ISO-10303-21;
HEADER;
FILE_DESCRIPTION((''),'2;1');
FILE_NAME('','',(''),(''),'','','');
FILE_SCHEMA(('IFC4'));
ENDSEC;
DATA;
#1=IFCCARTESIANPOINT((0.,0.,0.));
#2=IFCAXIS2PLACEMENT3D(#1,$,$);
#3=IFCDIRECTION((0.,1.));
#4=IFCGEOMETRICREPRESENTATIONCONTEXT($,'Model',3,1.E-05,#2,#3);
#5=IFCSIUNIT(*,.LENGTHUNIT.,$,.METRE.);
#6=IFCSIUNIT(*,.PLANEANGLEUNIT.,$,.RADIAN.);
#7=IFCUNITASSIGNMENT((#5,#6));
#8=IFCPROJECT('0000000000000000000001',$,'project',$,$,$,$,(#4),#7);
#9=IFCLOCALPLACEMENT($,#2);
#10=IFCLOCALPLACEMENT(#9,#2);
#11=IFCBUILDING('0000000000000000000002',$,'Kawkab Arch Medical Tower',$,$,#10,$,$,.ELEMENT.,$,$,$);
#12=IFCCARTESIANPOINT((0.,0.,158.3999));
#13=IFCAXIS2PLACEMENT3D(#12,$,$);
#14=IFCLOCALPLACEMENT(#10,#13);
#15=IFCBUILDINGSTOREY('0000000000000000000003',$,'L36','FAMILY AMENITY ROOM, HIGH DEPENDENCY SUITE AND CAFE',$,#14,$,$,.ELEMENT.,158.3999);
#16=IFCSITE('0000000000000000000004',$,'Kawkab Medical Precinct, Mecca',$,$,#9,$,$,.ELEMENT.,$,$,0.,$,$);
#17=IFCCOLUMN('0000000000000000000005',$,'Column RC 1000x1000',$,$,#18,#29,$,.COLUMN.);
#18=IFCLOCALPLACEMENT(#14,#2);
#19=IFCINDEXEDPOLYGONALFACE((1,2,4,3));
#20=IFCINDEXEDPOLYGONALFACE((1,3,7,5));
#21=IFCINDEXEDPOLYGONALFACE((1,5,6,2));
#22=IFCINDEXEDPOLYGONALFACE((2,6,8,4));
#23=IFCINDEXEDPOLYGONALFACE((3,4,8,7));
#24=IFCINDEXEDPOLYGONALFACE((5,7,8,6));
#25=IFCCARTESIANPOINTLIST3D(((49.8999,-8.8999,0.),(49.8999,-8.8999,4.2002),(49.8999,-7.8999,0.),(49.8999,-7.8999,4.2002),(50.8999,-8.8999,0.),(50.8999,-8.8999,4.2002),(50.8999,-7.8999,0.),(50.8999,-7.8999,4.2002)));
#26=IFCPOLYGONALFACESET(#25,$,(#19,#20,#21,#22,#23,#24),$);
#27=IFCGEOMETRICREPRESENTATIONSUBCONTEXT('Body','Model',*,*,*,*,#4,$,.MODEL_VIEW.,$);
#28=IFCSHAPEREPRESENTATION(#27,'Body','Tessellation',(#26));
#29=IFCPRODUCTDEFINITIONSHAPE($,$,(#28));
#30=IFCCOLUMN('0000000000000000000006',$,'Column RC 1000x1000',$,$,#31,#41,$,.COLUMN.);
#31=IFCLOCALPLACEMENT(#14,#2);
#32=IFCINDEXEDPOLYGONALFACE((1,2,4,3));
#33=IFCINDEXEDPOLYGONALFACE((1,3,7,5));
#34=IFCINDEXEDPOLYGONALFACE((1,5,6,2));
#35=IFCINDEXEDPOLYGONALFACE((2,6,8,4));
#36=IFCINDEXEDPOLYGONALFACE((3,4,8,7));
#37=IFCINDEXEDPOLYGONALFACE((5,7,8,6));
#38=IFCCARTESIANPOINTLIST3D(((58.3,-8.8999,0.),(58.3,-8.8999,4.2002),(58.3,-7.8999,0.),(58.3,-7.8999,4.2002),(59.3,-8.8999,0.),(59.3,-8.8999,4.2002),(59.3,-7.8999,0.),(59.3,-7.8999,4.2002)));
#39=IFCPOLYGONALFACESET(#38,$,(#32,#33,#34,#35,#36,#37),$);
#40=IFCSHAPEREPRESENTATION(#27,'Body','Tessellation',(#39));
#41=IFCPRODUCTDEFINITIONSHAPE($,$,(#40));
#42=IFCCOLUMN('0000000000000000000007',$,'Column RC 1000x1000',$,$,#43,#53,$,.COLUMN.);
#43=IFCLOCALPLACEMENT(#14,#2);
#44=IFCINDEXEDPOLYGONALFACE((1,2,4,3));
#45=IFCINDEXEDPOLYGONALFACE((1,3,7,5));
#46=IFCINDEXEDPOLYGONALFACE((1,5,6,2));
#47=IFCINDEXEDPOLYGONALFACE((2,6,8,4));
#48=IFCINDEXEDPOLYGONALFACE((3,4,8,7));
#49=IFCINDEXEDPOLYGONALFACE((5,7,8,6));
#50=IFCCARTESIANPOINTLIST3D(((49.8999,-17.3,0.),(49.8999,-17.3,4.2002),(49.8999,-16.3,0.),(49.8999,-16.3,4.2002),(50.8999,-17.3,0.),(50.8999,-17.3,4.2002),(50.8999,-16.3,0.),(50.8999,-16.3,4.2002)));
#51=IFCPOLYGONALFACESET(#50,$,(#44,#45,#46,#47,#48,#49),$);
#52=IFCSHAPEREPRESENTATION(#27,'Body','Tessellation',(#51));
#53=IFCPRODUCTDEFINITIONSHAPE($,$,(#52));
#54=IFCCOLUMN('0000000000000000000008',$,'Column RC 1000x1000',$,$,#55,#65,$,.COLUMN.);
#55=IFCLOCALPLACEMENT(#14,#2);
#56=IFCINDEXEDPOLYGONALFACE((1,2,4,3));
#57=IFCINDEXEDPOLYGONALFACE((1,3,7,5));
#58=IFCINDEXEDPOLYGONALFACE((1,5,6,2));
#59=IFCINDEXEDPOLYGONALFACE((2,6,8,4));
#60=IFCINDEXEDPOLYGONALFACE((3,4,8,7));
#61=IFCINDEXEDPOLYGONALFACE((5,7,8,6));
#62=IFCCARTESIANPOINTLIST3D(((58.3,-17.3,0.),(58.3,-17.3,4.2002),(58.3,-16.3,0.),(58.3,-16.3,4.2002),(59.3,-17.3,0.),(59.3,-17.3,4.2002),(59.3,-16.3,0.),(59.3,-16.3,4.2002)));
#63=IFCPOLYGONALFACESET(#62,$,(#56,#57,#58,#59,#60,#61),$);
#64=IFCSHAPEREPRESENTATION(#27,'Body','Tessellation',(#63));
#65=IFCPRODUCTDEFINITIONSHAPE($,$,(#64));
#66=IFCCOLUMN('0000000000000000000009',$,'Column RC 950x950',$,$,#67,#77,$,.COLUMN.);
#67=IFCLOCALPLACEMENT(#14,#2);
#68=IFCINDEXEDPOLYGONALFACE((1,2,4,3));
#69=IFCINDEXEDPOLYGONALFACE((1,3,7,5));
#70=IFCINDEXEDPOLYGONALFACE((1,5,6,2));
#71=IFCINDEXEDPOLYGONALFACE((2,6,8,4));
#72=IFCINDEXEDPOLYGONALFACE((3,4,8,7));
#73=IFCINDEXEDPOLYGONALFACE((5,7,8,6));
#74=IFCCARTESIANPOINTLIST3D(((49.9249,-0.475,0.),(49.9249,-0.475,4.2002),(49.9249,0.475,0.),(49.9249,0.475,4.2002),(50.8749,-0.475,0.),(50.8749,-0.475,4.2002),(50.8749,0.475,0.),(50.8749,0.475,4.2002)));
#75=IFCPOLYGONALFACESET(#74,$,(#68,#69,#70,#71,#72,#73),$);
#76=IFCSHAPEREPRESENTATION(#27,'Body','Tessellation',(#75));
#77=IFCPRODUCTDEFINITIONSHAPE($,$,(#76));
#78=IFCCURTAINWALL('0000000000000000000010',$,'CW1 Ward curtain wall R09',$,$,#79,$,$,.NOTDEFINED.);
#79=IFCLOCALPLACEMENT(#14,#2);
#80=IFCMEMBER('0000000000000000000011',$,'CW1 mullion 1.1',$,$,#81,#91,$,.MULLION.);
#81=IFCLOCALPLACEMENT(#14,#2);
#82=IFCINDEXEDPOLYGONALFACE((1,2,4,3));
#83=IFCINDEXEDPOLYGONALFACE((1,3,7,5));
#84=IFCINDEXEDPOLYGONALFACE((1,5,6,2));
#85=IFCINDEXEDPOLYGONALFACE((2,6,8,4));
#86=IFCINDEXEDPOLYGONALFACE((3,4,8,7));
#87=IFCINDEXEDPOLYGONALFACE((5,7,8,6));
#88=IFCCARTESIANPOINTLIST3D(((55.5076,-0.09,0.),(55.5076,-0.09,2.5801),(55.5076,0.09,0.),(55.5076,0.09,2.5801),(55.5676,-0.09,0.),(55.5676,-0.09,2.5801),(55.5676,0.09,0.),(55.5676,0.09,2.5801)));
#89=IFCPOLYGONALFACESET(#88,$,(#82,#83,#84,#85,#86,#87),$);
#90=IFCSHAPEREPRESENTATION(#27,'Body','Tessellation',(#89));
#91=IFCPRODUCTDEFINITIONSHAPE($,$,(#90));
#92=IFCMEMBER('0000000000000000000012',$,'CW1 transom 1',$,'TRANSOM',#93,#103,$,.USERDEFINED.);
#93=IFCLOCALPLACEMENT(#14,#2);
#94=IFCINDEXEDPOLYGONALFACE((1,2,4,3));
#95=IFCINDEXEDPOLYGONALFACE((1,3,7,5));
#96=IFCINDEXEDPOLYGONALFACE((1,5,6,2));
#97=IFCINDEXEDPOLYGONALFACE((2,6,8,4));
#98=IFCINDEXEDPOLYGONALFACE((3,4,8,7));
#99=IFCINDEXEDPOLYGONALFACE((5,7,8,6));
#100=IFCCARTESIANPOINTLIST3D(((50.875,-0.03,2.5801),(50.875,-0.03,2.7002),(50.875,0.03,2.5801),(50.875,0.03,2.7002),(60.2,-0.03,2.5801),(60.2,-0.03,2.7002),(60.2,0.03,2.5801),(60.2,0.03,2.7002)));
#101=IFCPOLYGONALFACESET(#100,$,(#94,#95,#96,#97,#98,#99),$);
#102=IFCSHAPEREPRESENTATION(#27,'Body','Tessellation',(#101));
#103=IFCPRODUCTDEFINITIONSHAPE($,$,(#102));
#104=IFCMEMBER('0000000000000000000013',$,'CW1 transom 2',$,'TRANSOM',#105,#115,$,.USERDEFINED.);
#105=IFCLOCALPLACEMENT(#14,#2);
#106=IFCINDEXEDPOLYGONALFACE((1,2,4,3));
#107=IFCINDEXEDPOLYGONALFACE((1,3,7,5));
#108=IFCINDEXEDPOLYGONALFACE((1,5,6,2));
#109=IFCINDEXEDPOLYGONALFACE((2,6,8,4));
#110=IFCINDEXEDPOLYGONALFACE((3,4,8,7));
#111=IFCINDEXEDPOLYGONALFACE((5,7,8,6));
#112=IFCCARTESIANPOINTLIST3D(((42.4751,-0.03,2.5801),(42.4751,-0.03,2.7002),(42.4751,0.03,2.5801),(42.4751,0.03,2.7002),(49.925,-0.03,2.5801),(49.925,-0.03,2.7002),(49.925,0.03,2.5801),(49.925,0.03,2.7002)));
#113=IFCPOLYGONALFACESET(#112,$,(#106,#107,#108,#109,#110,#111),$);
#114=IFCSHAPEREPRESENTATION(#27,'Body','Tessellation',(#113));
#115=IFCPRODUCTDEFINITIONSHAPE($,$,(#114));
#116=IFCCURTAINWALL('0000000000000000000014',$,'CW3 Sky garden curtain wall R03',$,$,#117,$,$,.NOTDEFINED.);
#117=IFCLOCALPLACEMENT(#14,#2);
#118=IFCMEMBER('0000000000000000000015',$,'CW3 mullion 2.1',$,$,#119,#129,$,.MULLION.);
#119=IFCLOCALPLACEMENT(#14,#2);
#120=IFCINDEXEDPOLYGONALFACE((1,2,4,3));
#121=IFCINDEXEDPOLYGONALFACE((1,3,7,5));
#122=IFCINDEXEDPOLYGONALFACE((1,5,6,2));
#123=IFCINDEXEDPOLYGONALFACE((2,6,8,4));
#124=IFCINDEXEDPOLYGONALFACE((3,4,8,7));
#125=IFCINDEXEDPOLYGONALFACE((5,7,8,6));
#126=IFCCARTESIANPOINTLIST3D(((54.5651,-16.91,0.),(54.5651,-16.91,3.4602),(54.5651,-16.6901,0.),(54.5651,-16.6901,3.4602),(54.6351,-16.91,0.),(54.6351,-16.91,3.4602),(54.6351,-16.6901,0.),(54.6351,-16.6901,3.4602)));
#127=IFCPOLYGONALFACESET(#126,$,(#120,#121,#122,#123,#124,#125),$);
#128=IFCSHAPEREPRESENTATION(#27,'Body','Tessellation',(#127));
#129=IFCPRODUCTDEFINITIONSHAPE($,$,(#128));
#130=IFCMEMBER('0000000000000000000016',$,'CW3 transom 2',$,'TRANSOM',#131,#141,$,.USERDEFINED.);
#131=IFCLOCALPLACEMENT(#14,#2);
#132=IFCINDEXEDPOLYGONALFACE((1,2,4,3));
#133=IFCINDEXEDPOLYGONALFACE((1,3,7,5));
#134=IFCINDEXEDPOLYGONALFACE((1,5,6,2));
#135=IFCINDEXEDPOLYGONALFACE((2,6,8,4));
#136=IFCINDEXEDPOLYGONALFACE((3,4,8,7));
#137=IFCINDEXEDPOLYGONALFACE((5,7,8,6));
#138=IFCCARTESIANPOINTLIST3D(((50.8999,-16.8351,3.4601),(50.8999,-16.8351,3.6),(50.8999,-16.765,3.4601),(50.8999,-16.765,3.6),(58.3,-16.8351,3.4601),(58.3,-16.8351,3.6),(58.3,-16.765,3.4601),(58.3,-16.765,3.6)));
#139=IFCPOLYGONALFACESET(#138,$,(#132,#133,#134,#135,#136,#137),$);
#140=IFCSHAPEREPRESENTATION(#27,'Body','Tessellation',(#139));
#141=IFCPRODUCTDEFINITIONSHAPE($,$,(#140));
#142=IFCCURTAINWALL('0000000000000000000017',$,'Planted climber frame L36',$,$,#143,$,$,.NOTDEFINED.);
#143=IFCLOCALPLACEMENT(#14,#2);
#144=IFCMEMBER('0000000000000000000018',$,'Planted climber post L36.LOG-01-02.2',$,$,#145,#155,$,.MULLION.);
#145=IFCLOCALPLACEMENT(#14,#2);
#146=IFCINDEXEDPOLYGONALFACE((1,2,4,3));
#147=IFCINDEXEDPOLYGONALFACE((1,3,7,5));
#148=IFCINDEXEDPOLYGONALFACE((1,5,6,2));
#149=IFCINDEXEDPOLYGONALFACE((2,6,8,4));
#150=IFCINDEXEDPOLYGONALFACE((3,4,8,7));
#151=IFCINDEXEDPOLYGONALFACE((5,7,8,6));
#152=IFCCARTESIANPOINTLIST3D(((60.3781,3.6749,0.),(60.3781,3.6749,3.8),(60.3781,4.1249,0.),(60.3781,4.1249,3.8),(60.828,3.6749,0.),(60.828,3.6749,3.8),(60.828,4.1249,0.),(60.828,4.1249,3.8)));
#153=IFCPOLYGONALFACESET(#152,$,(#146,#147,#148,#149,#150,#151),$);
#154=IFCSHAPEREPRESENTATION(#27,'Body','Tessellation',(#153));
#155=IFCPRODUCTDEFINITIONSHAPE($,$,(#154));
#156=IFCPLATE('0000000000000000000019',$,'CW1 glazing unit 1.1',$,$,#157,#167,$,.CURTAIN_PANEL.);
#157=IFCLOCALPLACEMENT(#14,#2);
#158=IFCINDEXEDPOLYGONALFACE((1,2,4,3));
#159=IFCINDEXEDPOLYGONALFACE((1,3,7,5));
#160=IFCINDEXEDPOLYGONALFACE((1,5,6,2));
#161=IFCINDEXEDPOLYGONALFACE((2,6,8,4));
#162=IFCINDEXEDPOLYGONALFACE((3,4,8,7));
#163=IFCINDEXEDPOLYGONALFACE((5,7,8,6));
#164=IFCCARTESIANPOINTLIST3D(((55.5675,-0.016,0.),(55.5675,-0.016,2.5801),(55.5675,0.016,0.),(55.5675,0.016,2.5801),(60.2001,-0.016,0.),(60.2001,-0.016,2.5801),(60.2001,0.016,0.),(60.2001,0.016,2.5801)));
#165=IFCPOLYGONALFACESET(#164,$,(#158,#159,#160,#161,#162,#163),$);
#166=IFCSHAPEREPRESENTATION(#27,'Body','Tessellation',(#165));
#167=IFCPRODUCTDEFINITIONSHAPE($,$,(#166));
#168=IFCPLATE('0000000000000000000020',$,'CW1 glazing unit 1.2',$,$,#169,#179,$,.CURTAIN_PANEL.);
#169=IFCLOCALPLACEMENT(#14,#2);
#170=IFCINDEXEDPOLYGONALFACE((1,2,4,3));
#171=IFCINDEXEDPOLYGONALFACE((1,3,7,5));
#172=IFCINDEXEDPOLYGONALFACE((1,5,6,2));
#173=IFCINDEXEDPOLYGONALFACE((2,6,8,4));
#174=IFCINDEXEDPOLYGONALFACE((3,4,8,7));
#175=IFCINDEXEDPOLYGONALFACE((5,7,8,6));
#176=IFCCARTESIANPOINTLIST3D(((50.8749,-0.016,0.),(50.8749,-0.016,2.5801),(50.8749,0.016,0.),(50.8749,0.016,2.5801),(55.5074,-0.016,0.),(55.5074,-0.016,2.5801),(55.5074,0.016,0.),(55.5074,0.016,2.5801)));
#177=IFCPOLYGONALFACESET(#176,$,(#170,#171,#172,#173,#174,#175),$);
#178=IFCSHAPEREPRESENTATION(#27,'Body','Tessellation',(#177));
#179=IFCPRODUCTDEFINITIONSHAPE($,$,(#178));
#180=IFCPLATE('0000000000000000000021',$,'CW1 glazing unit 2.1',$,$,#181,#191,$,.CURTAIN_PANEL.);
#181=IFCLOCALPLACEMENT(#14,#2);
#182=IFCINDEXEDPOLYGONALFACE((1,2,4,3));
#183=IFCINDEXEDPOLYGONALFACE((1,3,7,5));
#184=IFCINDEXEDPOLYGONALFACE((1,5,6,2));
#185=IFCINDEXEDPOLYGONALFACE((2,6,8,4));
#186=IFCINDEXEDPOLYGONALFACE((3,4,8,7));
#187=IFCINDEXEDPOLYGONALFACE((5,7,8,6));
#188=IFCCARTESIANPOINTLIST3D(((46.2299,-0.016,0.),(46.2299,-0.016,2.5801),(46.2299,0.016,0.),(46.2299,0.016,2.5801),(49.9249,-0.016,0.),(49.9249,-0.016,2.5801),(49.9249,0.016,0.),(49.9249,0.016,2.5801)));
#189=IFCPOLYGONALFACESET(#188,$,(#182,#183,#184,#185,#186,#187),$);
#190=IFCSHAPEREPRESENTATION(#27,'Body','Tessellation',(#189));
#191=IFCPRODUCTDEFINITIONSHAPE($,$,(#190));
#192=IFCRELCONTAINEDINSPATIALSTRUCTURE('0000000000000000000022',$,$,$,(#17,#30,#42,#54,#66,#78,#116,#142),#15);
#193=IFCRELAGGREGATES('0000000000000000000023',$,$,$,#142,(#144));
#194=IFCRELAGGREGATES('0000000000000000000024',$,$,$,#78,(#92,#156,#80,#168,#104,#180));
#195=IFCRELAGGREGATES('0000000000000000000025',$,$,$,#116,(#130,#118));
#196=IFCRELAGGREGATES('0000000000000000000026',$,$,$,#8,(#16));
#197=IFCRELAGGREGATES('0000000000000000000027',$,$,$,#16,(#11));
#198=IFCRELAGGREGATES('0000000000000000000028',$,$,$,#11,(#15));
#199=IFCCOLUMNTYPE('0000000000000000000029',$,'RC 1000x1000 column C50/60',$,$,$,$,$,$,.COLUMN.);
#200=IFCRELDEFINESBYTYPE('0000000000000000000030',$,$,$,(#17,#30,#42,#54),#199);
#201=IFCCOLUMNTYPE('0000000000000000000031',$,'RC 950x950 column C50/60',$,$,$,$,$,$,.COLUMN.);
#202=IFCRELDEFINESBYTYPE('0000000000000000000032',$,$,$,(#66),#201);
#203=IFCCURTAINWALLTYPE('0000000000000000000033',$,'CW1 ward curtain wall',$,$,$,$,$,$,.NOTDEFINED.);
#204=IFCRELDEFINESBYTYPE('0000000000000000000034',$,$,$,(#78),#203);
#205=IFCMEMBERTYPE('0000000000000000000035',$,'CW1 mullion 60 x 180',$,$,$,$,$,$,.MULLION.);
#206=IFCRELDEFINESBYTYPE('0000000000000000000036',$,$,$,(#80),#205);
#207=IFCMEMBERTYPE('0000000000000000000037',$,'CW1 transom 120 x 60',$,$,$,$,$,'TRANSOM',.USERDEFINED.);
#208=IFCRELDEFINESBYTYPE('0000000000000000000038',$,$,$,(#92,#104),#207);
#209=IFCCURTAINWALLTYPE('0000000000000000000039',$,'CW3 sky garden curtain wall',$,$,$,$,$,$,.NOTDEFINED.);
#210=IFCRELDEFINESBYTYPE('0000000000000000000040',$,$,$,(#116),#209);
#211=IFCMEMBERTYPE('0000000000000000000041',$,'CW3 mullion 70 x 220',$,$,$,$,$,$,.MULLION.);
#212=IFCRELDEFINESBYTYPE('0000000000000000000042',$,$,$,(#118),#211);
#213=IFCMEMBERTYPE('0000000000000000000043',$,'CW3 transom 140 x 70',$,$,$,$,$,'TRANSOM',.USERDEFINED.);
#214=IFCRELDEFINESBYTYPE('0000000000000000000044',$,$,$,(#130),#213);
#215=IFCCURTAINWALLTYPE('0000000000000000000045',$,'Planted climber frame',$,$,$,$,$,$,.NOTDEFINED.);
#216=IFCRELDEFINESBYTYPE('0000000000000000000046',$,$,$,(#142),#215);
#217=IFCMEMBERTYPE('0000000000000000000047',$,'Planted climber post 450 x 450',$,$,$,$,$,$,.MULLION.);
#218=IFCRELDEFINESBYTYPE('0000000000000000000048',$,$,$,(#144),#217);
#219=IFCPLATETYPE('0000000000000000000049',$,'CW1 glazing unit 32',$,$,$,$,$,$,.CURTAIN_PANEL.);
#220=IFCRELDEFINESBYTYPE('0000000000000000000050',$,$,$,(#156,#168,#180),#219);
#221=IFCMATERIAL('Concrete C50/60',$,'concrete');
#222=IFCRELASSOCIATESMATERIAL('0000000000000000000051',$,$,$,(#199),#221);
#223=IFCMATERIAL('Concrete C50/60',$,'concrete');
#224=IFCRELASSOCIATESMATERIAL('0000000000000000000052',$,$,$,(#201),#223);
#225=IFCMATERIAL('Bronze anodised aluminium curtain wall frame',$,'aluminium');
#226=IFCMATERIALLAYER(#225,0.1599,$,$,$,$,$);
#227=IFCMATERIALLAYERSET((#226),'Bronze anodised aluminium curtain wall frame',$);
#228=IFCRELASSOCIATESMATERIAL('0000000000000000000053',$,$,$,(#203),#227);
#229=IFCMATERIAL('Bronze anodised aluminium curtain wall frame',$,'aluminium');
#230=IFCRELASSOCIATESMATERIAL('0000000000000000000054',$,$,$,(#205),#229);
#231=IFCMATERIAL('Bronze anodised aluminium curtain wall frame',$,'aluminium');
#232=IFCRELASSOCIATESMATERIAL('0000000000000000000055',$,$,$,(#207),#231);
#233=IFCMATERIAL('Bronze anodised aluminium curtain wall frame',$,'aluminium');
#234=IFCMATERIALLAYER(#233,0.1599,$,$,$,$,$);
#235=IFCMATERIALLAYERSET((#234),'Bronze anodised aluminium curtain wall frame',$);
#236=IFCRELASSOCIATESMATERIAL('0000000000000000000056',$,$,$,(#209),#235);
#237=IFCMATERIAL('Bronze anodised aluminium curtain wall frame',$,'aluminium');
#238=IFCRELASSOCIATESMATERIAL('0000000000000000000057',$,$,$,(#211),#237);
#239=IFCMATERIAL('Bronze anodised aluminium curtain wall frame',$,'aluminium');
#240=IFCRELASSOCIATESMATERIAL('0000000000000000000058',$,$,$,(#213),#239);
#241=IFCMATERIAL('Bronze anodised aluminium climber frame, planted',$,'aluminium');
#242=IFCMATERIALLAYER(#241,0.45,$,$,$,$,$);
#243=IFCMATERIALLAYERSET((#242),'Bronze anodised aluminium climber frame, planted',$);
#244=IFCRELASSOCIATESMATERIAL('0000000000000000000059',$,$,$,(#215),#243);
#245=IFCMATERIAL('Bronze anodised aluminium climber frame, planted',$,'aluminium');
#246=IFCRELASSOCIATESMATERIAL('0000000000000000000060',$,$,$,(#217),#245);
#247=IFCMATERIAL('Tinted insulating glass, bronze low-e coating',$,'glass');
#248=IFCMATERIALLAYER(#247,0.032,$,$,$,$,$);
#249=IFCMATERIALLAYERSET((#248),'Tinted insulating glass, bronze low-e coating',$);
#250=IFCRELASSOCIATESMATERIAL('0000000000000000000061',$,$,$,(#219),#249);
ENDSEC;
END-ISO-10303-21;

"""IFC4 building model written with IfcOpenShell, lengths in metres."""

from ifc_helpers import new_model, si_unit, direction, frame, origin, origin_2d, place, context, subcontext, project, spatial, rectangle, extrude, material, layer, layer_set, material_profile, profile_set, type_object, element, aggregate, save


model = new_model("IFC4")

# Units and contexts
model_context = context("Model", 3, precision=1e-05, world=origin(), true_north=direction((0.0, 1.0)))
body_context = subcontext(model_context, "Body", "Model", "MODEL_VIEW")
ifc_project = project(units=[si_unit("LENGTHUNIT", "METRE"), si_unit("PLANEANGLEUNIT", "RADIAN")], contexts=[model_context])

# Site, building, storey
site_placement = place(None, origin())
site = spatial("IfcSite", under=ifc_project, at=site_placement, Name="Kawkab Medical Precinct, Mecca", CompositionType="ELEMENT", RefElevation=0.0)
building_placement = place(site_placement, origin())
building = spatial("IfcBuilding", under=site, at=building_placement, Name="Kawkab Arch Medical Tower", CompositionType="ELEMENT")
storey_placement = place(building_placement, frame((0.0, 0.0, 158.3999)))
storey = spatial("IfcBuildingStorey", under=building, at=storey_placement, Name="L36", Description="FAMILY AMENITY ROOM, HIGH DEPENDENCY SUITE AND CAFE", CompositionType="ELEMENT", Elevation=158.3999)

# Columns
ifc_material_1 = material(Name="Concrete C50/60", Category="concrete")
ifc_material_profile_1 = material_profile(ifc_material_1, rectangle(XDim=1.0, YDim=1.0, at=origin_2d()), Name="RC 1000x1000")
ifc_profile_set_1 = profile_set([ifc_material_profile_1], Name="Concrete C50/60")
column_type_1 = type_object("IfcColumnType", Name="RC 1000x1000 column C50/60", PredefinedType="COLUMN", material=ifc_profile_set_1)
for number, where, z_axis, x_axis, name in (
    (1, (50.3999, -8.3999, 0.0), (0.0, 0.0, 1.0), (1.0, 0.0, 0.0), "Column RC 1000x1000"),
    (2, (58.8, -8.3999, 0.0), (0.0, 0.0, 1.0), (1.0, 0.0, 0.0), "Column RC 1000x1000"),
    (3, (50.3999, -16.8, 0.0), (0.0, 0.0, 1.0), (1.0, 0.0, 0.0), "Column RC 1000x1000"),
    (4, (58.8, -16.8, 0.0), (0.0, 0.0, 1.0), (1.0, 0.0, 0.0), "Column RC 1000x1000"),
):
    element("IfcColumn", number, at=place(storey_placement, frame(where, z_axis=z_axis, x_axis=x_axis)), inside=storey, type_object=column_type_1, Name=name, PredefinedType="COLUMN", context=body_context, shape_type="SweptSolid", body=[
        extrude(rectangle(XDim=1.0, YDim=1.0, at=origin_2d()), origin(), (0.0, 0.0, 1.0), 4.2002),
    ])
ifc_material_2 = material(Name="Concrete C50/60", Category="concrete")
ifc_material_profile_2 = material_profile(ifc_material_2, rectangle(XDim=0.95, YDim=0.95, at=origin_2d()), Name="RC 950x950")
ifc_profile_set_2 = profile_set([ifc_material_profile_2], Name="Concrete C50/60")
column_type_2 = type_object("IfcColumnType", Name="RC 950x950 column C50/60", PredefinedType="COLUMN", material=ifc_profile_set_2)
column_placement = place(storey_placement, frame((50.3999, 0.0, 0.0), z_axis=(0.0, 0.0, 1.0), x_axis=(1.0, 0.0, 0.0)))
element("IfcColumn", 5, at=column_placement, inside=storey, type_object=column_type_2, Name="Column RC 950x950", PredefinedType="COLUMN", context=body_context, shape_type="SweptSolid", body=[
    extrude(rectangle(XDim=0.95, YDim=0.95, at=origin_2d()), origin(), (0.0, 0.0, 1.0), 4.2002),
])

# Curtain walls, members
ifc_material_3 = material(Name="Bronze anodised aluminium curtain wall frame", Category="aluminium")
ifc_layer_1 = layer(ifc_material_3, 0.1599)
ifc_layer_set_1 = layer_set([ifc_layer_1], Name="Bronze anodised aluminium curtain wall frame")
curtain_wall_type_1 = type_object("IfcCurtainWallType", Name="CW1 ward curtain wall", PredefinedType="NOTDEFINED", material=ifc_layer_set_1)
placement = place(storey_placement, origin())
curtain_wall_1 = element("IfcCurtainWall", 6, at=placement, inside=storey, type_object=curtain_wall_type_1, Name="CW1 Ward curtain wall R09", PredefinedType="NOTDEFINED")
ifc_material_4 = material(Name="Bronze anodised aluminium curtain wall frame", Category="aluminium")
ifc_material_profile_3 = material_profile(ifc_material_4, rectangle(XDim=0.1799, YDim=0.0601, at=origin_2d()), Name="AL 60x180")
ifc_profile_set_3 = profile_set([ifc_material_profile_3], Name="Bronze anodised aluminium curtain wall frame")
member_type_1 = type_object("IfcMemberType", Name="CW1 mullion 60 x 180", PredefinedType="MULLION", material=ifc_profile_set_3)
member_1_placement = place(storey_placement, frame((55.5376, 0.0, 0.0), z_axis=(0.0, 0.0, 1.0), x_axis=(0.0, -1.0, 0.0)))
member_1 = element("IfcMember", 7, at=member_1_placement, type_object=member_type_1, Name="CW1 mullion 1.1", PredefinedType="MULLION", context=body_context, shape_type="SweptSolid", body=[
    extrude(rectangle(XDim=0.1799, YDim=0.0601, at=origin_2d()), origin(), (0.0, 0.0, 1.0), 2.5801),
])
ifc_material_5 = material(Name="Bronze anodised aluminium curtain wall frame", Category="aluminium")
ifc_material_profile_4 = material_profile(ifc_material_5, rectangle(XDim=0.0601, YDim=0.1201, at=origin_2d()), Name="AL 60x120")
ifc_profile_set_4 = profile_set([ifc_material_profile_4], Name="Bronze anodised aluminium curtain wall frame")
member_type_2 = type_object("IfcMemberType", Name="CW1 transom 120 x 60", ElementType="TRANSOM", PredefinedType="USERDEFINED", material=ifc_profile_set_4)
member_2_placement = place(storey_placement, frame((60.2, 0.0, 2.6401), z_axis=(-1.0, 0.0, 0.0), x_axis=(0.0, -1.0, 0.0)))
member_2 = element("IfcMember", 8, at=member_2_placement, type_object=member_type_2, Name="CW1 transom 1", ObjectType="TRANSOM", PredefinedType="USERDEFINED", context=body_context, shape_type="SweptSolid", body=[
    extrude(rectangle(XDim=0.0601, YDim=0.1201, at=origin_2d()), origin(), (0.0, 0.0, 1.0), 9.325),
])
member_3_placement = place(storey_placement, frame((49.925, 0.0, 2.6401), z_axis=(-1.0, 0.0, 0.0), x_axis=(0.0, -1.0, 0.0)))
member_3 = element("IfcMember", 9, at=member_3_placement, type_object=member_type_2, Name="CW1 transom 2", ObjectType="TRANSOM", PredefinedType="USERDEFINED", context=body_context, shape_type="SweptSolid", body=[
    extrude(rectangle(XDim=0.0601, YDim=0.1201, at=origin_2d()), origin(), (0.0, 0.0, 1.0), 7.45),
])
ifc_material_6 = material(Name="Bronze anodised aluminium curtain wall frame", Category="aluminium")
ifc_layer_2 = layer(ifc_material_6, 0.1599)
ifc_layer_set_2 = layer_set([ifc_layer_2], Name="Bronze anodised aluminium curtain wall frame")
curtain_wall_type_2 = type_object("IfcCurtainWallType", Name="CW3 sky garden curtain wall", PredefinedType="NOTDEFINED", material=ifc_layer_set_2)
curtain_wall_2 = element("IfcCurtainWall", 10, at=placement, inside=storey, type_object=curtain_wall_type_2, Name="CW3 Sky garden curtain wall R03", PredefinedType="NOTDEFINED")
ifc_material_7 = material(Name="Bronze anodised aluminium curtain wall frame", Category="aluminium")
ifc_material_profile_5 = material_profile(ifc_material_7, rectangle(XDim=0.22, YDim=0.0701, at=origin_2d()), Name="AL 70x220")
ifc_profile_set_5 = profile_set([ifc_material_profile_5], Name="Bronze anodised aluminium curtain wall frame")
member_type_3 = type_object("IfcMemberType", Name="CW3 mullion 70 x 220", PredefinedType="MULLION", material=ifc_profile_set_5)
member_4_placement = place(storey_placement, frame((54.6001, -16.8, 0.0), z_axis=(0.0, 0.0, 1.0), x_axis=(0.0, 1.0, 0.0)))
member_4 = element("IfcMember", 11, at=member_4_placement, type_object=member_type_3, Name="CW3 mullion 2.1", PredefinedType="MULLION", context=body_context, shape_type="SweptSolid", body=[
    extrude(rectangle(XDim=0.22, YDim=0.0701, at=origin_2d()), origin(), (0.0, 0.0, 1.0), 3.4602),
])
ifc_material_8 = material(Name="Bronze anodised aluminium curtain wall frame", Category="aluminium")
ifc_material_profile_6 = material_profile(ifc_material_8, rectangle(XDim=0.0701, YDim=0.1399, at=origin_2d()), Name="AL 70x140")
ifc_profile_set_6 = profile_set([ifc_material_profile_6], Name="Bronze anodised aluminium curtain wall frame")
member_type_4 = type_object("IfcMemberType", Name="CW3 transom 140 x 70", ElementType="TRANSOM", PredefinedType="USERDEFINED", material=ifc_profile_set_6)
member_5_placement = place(storey_placement, frame((50.8999, -16.8, 3.53), z_axis=(1.0, 0.0, 0.0), x_axis=(0.0, 1.0, 0.0)))
member_5 = element("IfcMember", 12, at=member_5_placement, type_object=member_type_4, Name="CW3 transom 2", ObjectType="TRANSOM", PredefinedType="USERDEFINED", context=body_context, shape_type="SweptSolid", body=[
    extrude(rectangle(XDim=0.0701, YDim=0.1399, at=origin_2d()), origin(), (0.0, 0.0, 1.0), 7.4001),
])

# Curtain wall, member
ifc_material_9 = material(Name="Bronze anodised aluminium climber frame, planted", Category="aluminium")
ifc_layer_3 = layer(ifc_material_9, 0.45)
ifc_layer_set_3 = layer_set([ifc_layer_3], Name="Bronze anodised aluminium climber frame, planted")
curtain_wall_type_3 = type_object("IfcCurtainWallType", Name="Planted climber frame", PredefinedType="NOTDEFINED", material=ifc_layer_set_3)
curtain_wall_3 = element("IfcCurtainWall", 13, at=placement, inside=storey, type_object=curtain_wall_type_3, Name="Planted climber frame L36", PredefinedType="NOTDEFINED")
ifc_material_10 = material(Name="Bronze anodised aluminium climber frame, planted", Category="aluminium")
ifc_material_profile_7 = material_profile(ifc_material_10, rectangle(XDim=0.45, YDim=0.45, at=origin_2d()), Name="Post 450x450")
ifc_profile_set_7 = profile_set([ifc_material_profile_7], Name="Bronze anodised aluminium climber frame, planted")
member_type_5 = type_object("IfcMemberType", Name="Planted climber post 450 x 450", PredefinedType="MULLION", material=ifc_profile_set_7)
member_6_placement = place(storey_placement, frame((60.603, 3.8999, 0.0), z_axis=(0.0, 0.0, 1.0), x_axis=(1.0, 0.0, 0.0)))
member_6 = element("IfcMember", 14, at=member_6_placement, type_object=member_type_5, Name="Planted climber post L36.LOG-01-02.2", PredefinedType="MULLION", context=body_context, shape_type="SweptSolid", body=[
    extrude(rectangle(XDim=0.45, YDim=0.45, at=origin_2d()), origin(), (0.0, 0.0, 1.0), 3.8),
])
aggregate(curtain_wall_3, [member_6])

# Plates
ifc_material_11 = material(Name="Tinted insulating glass, bronze low-e coating", Category="glass")
ifc_layer_4 = layer(ifc_material_11, 0.032)
ifc_layer_set_4 = layer_set([ifc_layer_4], Name="Tinted insulating glass, bronze low-e coating")
plate_type_1 = type_object("IfcPlateType", Name="CW1 glazing unit 32", PredefinedType="CURTAIN_PANEL", material=ifc_layer_set_4)
plate_1_placement = place(storey_placement, frame((57.8838, 0.0, 0.0), z_axis=(0.0, 0.0, 1.0), x_axis=(-1.0, 0.0, 0.0)))
plate_1 = element("IfcPlate", 15, at=plate_1_placement, type_object=plate_type_1, Name="CW1 glazing unit 1.1", PredefinedType="CURTAIN_PANEL", context=body_context, shape_type="SweptSolid", body=[
    extrude(rectangle(XDim=4.6326, YDim=0.032, at=origin_2d()), origin(), (0.0, 0.0, 1.0), 2.5801),
])
plate_2_placement = place(storey_placement, frame((53.1912, 0.0, 0.0), z_axis=(0.0, 0.0, 1.0), x_axis=(-1.0, 0.0, 0.0)))
plate_2 = element("IfcPlate", 16, at=plate_2_placement, type_object=plate_type_1, Name="CW1 glazing unit 1.2", PredefinedType="CURTAIN_PANEL", context=body_context, shape_type="SweptSolid", body=[
    extrude(rectangle(XDim=4.6326, YDim=0.032, at=origin_2d()), origin(), (0.0, 0.0, 1.0), 2.5801),
])
plate_3_placement = place(storey_placement, frame((48.0774, 0.0, 0.0), z_axis=(0.0, 0.0, 1.0), x_axis=(-1.0, 0.0, 0.0)))
plate_3 = element("IfcPlate", 17, at=plate_3_placement, type_object=plate_type_1, Name="CW1 glazing unit 2.1", PredefinedType="CURTAIN_PANEL", context=body_context, shape_type="SweptSolid", body=[
    extrude(rectangle(XDim=3.6951, YDim=0.032, at=origin_2d()), origin(), (0.0, 0.0, 1.0), 2.5801),
])
aggregate(curtain_wall_1, [member_2, plate_1, member_1, plate_2, member_3, plate_3])
aggregate(curtain_wall_2, [member_5, member_4])

save(model, "model.ifc")
